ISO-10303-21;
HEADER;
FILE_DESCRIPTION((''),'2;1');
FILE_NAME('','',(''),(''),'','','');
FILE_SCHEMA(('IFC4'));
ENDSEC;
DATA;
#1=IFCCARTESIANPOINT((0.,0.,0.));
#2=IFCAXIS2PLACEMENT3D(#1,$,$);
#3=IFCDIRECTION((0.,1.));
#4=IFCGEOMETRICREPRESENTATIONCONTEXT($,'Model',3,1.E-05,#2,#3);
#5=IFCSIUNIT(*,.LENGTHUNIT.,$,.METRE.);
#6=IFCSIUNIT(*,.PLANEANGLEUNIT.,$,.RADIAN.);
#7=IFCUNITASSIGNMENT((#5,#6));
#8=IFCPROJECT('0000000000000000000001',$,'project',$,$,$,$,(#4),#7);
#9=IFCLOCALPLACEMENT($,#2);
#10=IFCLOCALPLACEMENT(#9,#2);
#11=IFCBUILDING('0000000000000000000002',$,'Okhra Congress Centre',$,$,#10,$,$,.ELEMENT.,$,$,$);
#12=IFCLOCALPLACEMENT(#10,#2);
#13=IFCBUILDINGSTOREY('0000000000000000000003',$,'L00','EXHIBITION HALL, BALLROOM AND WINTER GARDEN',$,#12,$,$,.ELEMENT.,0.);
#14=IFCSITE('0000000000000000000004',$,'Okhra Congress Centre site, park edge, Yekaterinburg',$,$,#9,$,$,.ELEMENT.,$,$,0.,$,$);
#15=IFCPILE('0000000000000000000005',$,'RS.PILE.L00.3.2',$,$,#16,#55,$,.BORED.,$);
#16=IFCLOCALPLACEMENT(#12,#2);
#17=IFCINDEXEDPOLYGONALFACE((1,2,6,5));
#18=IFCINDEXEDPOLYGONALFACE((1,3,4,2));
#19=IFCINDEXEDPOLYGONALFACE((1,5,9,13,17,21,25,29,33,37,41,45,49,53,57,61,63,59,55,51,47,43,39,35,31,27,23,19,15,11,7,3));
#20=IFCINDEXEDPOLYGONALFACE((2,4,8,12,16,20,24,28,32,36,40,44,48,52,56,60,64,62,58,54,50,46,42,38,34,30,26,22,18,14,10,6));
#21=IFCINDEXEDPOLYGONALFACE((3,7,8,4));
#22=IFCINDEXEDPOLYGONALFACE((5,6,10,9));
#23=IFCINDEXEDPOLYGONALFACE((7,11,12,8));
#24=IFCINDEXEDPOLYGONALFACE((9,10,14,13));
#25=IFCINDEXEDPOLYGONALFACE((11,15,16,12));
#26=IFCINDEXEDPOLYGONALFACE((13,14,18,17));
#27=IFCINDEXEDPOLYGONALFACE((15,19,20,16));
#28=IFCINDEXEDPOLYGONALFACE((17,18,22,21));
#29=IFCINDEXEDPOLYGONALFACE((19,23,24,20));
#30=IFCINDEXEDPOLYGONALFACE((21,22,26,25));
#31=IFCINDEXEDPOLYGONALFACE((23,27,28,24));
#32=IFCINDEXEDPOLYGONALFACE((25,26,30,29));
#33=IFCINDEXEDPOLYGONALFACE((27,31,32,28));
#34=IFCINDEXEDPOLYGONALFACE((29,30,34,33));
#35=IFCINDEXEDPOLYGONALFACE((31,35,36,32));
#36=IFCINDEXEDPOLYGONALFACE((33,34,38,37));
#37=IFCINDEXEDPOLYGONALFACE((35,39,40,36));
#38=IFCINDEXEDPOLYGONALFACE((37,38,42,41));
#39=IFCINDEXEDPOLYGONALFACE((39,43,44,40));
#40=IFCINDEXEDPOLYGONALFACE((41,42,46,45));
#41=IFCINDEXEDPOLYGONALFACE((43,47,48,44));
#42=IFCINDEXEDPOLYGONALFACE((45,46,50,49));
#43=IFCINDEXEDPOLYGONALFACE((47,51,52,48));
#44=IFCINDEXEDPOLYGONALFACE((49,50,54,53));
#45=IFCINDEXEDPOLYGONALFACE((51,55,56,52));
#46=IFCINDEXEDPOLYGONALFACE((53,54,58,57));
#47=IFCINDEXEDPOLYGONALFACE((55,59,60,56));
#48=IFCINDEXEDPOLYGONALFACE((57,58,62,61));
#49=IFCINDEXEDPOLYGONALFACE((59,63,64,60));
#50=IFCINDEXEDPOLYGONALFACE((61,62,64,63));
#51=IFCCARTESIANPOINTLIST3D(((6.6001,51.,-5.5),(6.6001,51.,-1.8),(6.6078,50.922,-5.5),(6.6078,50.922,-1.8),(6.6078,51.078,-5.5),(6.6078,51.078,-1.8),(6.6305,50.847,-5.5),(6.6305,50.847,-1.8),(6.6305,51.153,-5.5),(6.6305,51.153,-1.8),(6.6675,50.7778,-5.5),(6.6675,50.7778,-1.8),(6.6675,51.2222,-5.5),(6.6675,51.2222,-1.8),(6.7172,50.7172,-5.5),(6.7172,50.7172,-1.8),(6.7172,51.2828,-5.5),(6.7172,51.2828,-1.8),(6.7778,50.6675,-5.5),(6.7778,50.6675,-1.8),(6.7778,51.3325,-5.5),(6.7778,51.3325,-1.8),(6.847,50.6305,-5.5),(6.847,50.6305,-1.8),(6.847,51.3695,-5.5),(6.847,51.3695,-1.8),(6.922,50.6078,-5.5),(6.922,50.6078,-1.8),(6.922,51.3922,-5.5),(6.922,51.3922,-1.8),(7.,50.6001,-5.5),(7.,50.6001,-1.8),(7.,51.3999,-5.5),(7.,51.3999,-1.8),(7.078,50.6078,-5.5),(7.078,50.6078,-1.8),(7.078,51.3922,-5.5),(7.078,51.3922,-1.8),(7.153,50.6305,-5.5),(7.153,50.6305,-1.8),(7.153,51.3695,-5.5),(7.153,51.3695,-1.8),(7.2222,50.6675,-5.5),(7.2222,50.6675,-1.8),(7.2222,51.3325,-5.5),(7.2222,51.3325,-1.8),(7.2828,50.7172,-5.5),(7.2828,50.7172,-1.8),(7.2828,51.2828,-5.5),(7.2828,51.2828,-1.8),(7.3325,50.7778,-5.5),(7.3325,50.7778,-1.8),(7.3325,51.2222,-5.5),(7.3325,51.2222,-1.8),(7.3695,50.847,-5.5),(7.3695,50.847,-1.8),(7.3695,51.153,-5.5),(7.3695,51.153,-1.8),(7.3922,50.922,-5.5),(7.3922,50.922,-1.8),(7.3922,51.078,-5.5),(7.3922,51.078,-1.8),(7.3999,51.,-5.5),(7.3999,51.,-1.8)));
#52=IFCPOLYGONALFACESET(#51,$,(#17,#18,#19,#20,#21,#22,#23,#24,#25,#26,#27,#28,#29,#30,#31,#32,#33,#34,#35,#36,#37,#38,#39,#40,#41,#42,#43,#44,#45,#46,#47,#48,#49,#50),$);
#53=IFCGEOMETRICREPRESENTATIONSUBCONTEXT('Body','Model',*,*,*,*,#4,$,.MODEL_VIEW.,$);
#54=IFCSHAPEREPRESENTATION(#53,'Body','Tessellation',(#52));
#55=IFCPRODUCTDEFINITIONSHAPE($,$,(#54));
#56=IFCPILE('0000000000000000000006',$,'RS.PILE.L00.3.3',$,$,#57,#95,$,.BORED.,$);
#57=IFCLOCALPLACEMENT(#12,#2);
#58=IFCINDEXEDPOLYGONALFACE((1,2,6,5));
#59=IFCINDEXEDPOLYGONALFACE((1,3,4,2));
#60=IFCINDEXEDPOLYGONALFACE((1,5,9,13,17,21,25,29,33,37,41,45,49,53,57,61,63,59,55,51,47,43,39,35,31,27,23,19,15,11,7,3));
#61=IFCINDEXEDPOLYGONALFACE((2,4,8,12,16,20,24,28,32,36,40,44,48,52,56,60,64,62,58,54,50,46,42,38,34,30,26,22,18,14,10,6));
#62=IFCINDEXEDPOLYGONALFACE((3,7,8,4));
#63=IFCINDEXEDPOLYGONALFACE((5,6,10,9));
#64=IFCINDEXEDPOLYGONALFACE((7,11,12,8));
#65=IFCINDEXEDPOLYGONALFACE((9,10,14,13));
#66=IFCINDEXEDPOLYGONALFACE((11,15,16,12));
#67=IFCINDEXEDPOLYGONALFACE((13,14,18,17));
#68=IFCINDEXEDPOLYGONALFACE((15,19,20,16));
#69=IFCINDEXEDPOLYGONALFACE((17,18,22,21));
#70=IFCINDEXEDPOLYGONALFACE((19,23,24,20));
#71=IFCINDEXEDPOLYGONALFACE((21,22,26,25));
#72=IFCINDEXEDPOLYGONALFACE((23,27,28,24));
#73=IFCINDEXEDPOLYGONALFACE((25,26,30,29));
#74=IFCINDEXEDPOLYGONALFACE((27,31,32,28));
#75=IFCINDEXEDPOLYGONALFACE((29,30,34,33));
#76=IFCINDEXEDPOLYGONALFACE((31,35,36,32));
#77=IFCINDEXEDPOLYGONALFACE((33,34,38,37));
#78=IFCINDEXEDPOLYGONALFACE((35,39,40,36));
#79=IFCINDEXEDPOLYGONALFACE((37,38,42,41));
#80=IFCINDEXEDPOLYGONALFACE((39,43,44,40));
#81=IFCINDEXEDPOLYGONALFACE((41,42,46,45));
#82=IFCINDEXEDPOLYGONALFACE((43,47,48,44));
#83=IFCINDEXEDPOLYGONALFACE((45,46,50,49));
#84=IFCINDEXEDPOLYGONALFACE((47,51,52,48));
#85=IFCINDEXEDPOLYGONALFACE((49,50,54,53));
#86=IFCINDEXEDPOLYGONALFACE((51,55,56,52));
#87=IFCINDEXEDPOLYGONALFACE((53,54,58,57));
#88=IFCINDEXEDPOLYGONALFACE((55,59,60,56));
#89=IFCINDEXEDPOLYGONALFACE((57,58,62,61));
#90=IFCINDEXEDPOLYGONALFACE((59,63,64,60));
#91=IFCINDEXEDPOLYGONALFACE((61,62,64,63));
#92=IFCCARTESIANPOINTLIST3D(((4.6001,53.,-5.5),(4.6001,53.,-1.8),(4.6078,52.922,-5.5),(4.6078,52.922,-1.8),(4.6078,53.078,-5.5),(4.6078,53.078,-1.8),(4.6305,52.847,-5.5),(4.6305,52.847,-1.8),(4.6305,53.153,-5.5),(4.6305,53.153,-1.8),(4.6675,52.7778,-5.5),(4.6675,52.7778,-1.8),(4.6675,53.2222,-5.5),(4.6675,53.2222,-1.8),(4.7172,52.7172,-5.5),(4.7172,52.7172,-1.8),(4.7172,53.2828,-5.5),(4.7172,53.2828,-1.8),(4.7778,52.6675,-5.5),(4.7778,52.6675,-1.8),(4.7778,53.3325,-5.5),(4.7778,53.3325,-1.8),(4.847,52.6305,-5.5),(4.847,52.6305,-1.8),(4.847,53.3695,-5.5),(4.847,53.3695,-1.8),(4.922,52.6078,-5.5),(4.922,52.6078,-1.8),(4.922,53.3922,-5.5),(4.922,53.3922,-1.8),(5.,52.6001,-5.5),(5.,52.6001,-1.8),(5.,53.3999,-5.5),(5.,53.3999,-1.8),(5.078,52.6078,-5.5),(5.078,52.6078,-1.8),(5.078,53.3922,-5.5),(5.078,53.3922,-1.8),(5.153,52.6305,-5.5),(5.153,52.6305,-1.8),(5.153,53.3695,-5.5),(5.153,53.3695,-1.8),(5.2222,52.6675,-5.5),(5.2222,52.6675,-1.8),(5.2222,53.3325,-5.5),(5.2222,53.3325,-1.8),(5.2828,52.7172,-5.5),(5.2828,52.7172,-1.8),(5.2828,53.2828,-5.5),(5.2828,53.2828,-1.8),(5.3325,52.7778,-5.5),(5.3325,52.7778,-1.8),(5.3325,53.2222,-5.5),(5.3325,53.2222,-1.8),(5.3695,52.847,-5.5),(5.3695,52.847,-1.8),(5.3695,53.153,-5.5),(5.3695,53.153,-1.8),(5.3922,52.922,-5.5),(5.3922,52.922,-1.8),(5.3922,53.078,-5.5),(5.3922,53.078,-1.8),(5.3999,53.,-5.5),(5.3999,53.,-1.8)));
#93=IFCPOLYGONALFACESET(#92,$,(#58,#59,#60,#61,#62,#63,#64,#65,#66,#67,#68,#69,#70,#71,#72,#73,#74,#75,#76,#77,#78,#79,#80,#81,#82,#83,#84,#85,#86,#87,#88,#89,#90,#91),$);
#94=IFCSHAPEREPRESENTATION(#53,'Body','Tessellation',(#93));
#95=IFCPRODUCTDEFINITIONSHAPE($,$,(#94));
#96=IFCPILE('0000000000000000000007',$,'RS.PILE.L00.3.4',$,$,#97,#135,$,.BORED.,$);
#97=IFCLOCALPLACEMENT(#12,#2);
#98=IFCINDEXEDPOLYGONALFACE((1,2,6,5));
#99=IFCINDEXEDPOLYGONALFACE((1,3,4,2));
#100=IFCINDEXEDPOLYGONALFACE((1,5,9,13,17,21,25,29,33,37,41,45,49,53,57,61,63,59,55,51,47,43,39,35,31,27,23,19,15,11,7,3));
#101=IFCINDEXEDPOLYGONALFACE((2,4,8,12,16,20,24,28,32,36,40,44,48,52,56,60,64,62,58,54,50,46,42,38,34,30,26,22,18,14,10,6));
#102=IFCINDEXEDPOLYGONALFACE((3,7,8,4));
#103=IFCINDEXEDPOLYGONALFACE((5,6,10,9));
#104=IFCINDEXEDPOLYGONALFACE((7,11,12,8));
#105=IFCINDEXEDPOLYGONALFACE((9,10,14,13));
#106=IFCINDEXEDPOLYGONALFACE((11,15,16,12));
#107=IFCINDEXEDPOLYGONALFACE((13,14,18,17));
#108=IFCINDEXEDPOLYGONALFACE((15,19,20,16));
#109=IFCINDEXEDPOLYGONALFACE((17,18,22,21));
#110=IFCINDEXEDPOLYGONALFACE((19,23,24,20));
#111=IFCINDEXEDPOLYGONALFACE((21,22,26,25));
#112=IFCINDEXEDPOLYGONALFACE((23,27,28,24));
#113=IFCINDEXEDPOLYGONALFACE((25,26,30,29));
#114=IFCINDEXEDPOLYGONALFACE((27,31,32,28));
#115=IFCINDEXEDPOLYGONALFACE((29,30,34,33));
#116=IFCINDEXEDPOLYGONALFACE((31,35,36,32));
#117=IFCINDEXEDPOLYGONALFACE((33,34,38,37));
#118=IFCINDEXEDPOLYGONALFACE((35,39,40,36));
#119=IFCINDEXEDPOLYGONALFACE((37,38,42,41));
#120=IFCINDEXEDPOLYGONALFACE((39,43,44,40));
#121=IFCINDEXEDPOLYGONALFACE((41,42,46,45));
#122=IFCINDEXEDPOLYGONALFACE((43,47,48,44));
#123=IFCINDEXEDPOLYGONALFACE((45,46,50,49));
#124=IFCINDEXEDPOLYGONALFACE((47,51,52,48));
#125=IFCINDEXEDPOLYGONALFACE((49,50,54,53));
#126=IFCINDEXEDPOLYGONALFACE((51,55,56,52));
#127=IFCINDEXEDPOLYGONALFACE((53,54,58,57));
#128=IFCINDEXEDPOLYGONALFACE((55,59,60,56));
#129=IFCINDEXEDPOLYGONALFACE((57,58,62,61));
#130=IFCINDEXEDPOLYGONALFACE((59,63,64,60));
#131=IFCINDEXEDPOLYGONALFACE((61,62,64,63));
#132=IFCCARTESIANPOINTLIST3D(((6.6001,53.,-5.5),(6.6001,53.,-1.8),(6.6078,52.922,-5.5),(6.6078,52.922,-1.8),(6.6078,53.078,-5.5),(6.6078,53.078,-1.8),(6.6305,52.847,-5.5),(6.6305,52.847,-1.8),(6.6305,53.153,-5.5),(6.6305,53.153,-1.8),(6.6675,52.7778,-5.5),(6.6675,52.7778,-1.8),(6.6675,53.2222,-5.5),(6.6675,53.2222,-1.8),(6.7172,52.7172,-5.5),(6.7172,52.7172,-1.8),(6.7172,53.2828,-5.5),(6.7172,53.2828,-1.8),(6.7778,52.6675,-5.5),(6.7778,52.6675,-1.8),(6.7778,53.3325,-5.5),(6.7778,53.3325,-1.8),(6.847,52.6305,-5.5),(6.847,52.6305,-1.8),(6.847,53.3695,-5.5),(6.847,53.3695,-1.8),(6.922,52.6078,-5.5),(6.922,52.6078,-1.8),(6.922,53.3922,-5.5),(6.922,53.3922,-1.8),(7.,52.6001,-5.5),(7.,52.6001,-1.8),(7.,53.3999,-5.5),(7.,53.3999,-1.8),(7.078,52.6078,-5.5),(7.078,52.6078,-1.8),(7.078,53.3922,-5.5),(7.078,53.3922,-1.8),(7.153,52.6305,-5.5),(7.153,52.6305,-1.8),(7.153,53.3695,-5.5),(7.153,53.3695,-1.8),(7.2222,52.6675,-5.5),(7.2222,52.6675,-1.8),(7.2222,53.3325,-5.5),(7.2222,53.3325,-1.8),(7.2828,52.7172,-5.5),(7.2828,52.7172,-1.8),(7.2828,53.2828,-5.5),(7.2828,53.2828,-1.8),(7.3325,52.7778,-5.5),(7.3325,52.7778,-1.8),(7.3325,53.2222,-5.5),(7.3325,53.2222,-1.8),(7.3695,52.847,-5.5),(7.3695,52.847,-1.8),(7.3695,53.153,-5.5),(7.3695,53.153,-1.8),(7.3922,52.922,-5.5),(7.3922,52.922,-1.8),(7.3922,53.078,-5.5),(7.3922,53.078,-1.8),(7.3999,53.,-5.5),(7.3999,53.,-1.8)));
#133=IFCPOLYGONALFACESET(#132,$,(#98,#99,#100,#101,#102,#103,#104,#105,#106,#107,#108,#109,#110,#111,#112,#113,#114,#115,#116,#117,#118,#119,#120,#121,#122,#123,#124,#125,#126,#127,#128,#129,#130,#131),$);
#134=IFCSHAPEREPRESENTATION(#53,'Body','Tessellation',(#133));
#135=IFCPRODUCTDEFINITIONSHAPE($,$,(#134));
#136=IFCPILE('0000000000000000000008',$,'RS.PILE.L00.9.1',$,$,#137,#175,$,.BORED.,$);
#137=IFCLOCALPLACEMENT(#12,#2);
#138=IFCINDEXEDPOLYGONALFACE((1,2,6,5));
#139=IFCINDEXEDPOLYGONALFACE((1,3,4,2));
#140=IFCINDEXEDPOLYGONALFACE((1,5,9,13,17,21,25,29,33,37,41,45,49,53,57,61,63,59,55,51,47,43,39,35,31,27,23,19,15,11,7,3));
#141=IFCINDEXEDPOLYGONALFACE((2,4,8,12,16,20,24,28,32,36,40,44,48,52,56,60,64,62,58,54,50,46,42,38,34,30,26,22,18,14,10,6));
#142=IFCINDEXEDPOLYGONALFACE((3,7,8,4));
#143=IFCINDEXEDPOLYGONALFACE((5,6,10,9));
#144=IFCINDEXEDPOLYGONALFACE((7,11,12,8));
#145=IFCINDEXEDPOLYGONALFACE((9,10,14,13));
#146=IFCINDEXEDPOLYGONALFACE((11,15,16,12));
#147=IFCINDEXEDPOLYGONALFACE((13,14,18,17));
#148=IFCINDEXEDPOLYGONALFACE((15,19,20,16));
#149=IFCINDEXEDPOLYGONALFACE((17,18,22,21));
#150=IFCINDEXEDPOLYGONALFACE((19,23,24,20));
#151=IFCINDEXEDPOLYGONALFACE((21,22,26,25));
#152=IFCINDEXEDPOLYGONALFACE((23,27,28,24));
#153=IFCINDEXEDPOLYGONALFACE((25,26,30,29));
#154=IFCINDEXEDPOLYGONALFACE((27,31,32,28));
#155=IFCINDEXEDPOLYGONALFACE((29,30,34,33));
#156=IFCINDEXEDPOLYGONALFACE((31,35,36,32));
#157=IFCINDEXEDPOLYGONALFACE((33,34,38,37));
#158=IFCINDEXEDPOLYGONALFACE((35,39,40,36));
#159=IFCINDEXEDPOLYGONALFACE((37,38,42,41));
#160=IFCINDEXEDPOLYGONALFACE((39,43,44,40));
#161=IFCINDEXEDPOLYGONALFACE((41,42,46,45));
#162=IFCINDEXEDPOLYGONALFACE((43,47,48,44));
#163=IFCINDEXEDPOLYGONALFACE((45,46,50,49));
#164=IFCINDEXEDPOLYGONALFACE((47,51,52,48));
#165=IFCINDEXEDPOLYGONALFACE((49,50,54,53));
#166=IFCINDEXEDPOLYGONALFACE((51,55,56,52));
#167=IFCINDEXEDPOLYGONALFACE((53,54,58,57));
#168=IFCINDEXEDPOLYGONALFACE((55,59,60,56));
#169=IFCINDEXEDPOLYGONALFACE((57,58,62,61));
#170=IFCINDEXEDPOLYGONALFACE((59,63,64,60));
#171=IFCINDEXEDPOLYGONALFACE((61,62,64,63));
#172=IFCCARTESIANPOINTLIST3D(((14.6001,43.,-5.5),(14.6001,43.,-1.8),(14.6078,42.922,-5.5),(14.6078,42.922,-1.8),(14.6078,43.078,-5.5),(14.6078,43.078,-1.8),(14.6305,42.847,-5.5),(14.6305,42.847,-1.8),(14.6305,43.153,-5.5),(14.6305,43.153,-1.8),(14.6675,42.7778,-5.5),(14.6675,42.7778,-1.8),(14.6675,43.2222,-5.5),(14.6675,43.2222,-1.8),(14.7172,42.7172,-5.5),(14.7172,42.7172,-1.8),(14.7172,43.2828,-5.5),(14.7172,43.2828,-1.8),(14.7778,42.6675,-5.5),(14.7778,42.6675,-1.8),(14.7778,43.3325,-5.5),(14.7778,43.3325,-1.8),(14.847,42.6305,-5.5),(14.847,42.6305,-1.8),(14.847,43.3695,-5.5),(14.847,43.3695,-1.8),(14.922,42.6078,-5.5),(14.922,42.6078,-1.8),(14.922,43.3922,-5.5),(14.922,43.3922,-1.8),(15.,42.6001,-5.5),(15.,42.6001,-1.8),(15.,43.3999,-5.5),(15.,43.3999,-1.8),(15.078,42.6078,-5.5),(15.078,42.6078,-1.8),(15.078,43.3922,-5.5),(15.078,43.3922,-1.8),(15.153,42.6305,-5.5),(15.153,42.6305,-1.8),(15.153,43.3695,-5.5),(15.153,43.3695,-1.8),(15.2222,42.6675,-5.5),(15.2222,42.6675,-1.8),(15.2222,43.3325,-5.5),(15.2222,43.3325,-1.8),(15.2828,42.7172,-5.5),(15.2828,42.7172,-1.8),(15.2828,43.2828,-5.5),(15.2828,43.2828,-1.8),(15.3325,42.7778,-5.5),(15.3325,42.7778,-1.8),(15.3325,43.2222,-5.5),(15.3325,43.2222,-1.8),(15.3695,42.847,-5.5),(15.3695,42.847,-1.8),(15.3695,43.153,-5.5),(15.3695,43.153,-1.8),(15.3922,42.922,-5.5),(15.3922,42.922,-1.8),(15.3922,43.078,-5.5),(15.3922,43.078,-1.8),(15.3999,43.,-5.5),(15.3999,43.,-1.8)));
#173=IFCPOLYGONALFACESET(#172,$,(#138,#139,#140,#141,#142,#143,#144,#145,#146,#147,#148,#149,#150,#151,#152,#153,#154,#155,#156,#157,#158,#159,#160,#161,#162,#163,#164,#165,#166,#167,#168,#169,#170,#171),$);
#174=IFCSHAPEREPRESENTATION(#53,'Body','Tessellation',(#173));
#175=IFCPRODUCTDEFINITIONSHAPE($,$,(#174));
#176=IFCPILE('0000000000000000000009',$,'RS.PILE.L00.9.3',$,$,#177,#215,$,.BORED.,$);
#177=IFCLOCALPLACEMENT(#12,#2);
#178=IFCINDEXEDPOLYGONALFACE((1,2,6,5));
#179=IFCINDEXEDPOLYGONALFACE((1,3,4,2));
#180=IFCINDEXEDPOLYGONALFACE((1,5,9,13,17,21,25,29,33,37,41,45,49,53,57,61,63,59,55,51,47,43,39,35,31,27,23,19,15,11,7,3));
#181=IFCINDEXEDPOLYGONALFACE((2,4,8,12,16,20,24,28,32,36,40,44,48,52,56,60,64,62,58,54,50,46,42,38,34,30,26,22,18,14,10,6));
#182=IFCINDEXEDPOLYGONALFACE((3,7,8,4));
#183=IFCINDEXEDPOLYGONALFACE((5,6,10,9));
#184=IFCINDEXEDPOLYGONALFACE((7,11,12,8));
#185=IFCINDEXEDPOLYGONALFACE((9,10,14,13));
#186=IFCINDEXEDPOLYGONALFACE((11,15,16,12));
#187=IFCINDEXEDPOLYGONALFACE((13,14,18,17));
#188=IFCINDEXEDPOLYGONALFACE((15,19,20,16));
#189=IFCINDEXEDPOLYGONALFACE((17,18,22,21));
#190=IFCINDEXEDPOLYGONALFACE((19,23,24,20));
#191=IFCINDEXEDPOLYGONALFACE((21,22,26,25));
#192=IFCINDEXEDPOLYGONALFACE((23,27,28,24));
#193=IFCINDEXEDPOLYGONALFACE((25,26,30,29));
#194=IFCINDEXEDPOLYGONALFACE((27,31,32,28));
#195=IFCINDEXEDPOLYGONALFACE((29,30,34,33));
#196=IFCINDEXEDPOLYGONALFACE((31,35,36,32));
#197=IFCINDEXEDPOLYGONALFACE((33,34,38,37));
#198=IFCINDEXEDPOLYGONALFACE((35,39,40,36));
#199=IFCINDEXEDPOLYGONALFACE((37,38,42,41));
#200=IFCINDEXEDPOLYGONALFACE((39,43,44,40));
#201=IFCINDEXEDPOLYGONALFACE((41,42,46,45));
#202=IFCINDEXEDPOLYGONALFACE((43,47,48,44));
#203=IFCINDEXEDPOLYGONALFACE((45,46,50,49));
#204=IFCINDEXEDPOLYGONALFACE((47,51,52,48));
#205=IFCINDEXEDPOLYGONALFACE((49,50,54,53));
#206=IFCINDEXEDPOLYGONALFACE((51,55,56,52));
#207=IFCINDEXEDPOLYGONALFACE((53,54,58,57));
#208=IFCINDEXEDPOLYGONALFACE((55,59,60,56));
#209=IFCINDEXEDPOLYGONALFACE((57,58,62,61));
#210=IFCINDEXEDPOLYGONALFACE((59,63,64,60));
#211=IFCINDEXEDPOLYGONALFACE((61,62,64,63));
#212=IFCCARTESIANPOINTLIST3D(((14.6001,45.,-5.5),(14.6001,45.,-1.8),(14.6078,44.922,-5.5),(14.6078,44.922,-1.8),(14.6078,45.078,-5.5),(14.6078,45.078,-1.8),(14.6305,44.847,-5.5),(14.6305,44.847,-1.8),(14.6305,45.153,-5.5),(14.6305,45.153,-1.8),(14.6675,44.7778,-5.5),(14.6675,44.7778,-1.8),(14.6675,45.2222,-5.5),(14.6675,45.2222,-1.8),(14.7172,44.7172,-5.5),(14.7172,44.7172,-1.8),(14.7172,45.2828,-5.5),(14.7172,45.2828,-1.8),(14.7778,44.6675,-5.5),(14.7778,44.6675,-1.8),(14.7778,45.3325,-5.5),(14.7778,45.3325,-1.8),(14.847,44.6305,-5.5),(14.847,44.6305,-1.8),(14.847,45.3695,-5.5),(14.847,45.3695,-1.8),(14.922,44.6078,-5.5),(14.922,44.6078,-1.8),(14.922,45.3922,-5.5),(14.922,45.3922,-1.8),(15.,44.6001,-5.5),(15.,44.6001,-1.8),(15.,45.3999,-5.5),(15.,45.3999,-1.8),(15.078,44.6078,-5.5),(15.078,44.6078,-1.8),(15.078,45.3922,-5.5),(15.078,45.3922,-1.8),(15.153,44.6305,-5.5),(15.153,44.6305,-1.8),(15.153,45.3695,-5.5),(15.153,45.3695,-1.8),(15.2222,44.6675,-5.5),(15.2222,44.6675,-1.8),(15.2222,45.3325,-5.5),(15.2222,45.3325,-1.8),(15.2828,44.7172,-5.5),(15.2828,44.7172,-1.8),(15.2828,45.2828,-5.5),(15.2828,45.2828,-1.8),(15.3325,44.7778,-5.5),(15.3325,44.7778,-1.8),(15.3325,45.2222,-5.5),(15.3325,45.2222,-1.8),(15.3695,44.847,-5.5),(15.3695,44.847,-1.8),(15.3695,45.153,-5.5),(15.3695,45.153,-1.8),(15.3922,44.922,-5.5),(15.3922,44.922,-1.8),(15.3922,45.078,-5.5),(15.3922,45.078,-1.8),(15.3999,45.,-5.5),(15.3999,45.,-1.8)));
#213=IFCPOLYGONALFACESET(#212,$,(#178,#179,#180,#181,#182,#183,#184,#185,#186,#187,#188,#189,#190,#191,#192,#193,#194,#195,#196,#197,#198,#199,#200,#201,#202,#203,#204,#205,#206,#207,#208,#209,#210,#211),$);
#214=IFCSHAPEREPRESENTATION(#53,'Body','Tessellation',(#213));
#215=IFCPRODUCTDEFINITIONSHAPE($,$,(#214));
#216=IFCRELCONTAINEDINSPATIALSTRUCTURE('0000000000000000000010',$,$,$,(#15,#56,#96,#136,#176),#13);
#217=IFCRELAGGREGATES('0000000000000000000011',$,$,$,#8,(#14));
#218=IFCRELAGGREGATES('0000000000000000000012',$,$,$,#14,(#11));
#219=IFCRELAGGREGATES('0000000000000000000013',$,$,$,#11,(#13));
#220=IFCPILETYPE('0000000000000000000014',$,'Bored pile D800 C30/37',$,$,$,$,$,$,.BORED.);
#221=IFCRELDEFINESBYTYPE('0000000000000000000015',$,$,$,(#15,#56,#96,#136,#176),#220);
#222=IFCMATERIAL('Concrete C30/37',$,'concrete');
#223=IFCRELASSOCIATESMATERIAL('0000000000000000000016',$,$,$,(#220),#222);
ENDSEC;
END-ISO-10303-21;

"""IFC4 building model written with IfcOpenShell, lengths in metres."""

from ifc_helpers import new_model, si_unit, direction, frame, origin, origin_2d, place, context, subcontext, project, spatial, circle, extrude, material, material_profile, profile_set, type_object, element, save


model = new_model("IFC4")

# Units and contexts
model_context = context("Model", 3, precision=1e-05, world=origin(), true_north=direction((0.0, 1.0)))
body_context = subcontext(model_context, "Body", "Model", "MODEL_VIEW")
ifc_project = project(units=[si_unit("LENGTHUNIT", "METRE"), si_unit("PLANEANGLEUNIT", "RADIAN")], contexts=[model_context])

# Site, building, storey
site_placement = place(None, origin())
site = spatial("IfcSite", under=ifc_project, at=site_placement, Name="Okhra Congress Centre site, park edge, Yekaterinburg", CompositionType="ELEMENT", RefElevation=0.0)
building_placement = place(site_placement, origin())
building = spatial("IfcBuilding", under=site, at=building_placement, Name="Okhra Congress Centre", CompositionType="ELEMENT")
storey_placement = place(building_placement, origin())
storey = spatial("IfcBuildingStorey", under=building, at=storey_placement, Name="L00", Description="EXHIBITION HALL, BALLROOM AND WINTER GARDEN", CompositionType="ELEMENT", Elevation=0.0)

# Piles
ifc_material_1 = material(Name="Concrete C30/37", Category="concrete")
ifc_material_profile_1 = material_profile(ifc_material_1, circle(Radius=0.3999, at=origin_2d()), Name="D800")
ifc_profile_set_1 = profile_set([ifc_material_profile_1], Name="Concrete C30/37")
pile_type = type_object("IfcPileType", Name="Bored pile D800 C30/37", PredefinedType="BORED", material=ifc_profile_set_1)
for number, where, z_axis, x_axis, name in (
    (1, (7.0, 51.0, -1.8), (0.0, 0.0, -1.0), (1.0, 0.0, 0.0), "RS.PILE.L00.3.2"),
    (2, (5.0, 53.0, -1.8), (0.0, 0.0, -1.0), (1.0, 0.0, 0.0), "RS.PILE.L00.3.3"),
    (3, (7.0, 53.0, -1.8), (0.0, 0.0, -1.0), (1.0, 0.0, 0.0), "RS.PILE.L00.3.4"),
    (4, (15.0, 43.0, -1.8), (0.0, 0.0, -1.0), (1.0, 0.0, 0.0), "RS.PILE.L00.9.1"),
    (5, (15.0, 45.0, -1.8), (0.0, 0.0, -1.0), (1.0, 0.0, 0.0), "RS.PILE.L00.9.3"),
):
    element("IfcPile", number, at=place(storey_placement, frame(where, z_axis=z_axis, x_axis=x_axis)), inside=storey, type_object=pile_type, Name=name, PredefinedType="BORED", context=body_context, shape_type="SweptSolid", body=[
        extrude(circle(Radius=0.3999, at=origin_2d()), origin(), (0.0, 0.0, 1.0), 3.7),
    ])

save(model, "model.ifc")
